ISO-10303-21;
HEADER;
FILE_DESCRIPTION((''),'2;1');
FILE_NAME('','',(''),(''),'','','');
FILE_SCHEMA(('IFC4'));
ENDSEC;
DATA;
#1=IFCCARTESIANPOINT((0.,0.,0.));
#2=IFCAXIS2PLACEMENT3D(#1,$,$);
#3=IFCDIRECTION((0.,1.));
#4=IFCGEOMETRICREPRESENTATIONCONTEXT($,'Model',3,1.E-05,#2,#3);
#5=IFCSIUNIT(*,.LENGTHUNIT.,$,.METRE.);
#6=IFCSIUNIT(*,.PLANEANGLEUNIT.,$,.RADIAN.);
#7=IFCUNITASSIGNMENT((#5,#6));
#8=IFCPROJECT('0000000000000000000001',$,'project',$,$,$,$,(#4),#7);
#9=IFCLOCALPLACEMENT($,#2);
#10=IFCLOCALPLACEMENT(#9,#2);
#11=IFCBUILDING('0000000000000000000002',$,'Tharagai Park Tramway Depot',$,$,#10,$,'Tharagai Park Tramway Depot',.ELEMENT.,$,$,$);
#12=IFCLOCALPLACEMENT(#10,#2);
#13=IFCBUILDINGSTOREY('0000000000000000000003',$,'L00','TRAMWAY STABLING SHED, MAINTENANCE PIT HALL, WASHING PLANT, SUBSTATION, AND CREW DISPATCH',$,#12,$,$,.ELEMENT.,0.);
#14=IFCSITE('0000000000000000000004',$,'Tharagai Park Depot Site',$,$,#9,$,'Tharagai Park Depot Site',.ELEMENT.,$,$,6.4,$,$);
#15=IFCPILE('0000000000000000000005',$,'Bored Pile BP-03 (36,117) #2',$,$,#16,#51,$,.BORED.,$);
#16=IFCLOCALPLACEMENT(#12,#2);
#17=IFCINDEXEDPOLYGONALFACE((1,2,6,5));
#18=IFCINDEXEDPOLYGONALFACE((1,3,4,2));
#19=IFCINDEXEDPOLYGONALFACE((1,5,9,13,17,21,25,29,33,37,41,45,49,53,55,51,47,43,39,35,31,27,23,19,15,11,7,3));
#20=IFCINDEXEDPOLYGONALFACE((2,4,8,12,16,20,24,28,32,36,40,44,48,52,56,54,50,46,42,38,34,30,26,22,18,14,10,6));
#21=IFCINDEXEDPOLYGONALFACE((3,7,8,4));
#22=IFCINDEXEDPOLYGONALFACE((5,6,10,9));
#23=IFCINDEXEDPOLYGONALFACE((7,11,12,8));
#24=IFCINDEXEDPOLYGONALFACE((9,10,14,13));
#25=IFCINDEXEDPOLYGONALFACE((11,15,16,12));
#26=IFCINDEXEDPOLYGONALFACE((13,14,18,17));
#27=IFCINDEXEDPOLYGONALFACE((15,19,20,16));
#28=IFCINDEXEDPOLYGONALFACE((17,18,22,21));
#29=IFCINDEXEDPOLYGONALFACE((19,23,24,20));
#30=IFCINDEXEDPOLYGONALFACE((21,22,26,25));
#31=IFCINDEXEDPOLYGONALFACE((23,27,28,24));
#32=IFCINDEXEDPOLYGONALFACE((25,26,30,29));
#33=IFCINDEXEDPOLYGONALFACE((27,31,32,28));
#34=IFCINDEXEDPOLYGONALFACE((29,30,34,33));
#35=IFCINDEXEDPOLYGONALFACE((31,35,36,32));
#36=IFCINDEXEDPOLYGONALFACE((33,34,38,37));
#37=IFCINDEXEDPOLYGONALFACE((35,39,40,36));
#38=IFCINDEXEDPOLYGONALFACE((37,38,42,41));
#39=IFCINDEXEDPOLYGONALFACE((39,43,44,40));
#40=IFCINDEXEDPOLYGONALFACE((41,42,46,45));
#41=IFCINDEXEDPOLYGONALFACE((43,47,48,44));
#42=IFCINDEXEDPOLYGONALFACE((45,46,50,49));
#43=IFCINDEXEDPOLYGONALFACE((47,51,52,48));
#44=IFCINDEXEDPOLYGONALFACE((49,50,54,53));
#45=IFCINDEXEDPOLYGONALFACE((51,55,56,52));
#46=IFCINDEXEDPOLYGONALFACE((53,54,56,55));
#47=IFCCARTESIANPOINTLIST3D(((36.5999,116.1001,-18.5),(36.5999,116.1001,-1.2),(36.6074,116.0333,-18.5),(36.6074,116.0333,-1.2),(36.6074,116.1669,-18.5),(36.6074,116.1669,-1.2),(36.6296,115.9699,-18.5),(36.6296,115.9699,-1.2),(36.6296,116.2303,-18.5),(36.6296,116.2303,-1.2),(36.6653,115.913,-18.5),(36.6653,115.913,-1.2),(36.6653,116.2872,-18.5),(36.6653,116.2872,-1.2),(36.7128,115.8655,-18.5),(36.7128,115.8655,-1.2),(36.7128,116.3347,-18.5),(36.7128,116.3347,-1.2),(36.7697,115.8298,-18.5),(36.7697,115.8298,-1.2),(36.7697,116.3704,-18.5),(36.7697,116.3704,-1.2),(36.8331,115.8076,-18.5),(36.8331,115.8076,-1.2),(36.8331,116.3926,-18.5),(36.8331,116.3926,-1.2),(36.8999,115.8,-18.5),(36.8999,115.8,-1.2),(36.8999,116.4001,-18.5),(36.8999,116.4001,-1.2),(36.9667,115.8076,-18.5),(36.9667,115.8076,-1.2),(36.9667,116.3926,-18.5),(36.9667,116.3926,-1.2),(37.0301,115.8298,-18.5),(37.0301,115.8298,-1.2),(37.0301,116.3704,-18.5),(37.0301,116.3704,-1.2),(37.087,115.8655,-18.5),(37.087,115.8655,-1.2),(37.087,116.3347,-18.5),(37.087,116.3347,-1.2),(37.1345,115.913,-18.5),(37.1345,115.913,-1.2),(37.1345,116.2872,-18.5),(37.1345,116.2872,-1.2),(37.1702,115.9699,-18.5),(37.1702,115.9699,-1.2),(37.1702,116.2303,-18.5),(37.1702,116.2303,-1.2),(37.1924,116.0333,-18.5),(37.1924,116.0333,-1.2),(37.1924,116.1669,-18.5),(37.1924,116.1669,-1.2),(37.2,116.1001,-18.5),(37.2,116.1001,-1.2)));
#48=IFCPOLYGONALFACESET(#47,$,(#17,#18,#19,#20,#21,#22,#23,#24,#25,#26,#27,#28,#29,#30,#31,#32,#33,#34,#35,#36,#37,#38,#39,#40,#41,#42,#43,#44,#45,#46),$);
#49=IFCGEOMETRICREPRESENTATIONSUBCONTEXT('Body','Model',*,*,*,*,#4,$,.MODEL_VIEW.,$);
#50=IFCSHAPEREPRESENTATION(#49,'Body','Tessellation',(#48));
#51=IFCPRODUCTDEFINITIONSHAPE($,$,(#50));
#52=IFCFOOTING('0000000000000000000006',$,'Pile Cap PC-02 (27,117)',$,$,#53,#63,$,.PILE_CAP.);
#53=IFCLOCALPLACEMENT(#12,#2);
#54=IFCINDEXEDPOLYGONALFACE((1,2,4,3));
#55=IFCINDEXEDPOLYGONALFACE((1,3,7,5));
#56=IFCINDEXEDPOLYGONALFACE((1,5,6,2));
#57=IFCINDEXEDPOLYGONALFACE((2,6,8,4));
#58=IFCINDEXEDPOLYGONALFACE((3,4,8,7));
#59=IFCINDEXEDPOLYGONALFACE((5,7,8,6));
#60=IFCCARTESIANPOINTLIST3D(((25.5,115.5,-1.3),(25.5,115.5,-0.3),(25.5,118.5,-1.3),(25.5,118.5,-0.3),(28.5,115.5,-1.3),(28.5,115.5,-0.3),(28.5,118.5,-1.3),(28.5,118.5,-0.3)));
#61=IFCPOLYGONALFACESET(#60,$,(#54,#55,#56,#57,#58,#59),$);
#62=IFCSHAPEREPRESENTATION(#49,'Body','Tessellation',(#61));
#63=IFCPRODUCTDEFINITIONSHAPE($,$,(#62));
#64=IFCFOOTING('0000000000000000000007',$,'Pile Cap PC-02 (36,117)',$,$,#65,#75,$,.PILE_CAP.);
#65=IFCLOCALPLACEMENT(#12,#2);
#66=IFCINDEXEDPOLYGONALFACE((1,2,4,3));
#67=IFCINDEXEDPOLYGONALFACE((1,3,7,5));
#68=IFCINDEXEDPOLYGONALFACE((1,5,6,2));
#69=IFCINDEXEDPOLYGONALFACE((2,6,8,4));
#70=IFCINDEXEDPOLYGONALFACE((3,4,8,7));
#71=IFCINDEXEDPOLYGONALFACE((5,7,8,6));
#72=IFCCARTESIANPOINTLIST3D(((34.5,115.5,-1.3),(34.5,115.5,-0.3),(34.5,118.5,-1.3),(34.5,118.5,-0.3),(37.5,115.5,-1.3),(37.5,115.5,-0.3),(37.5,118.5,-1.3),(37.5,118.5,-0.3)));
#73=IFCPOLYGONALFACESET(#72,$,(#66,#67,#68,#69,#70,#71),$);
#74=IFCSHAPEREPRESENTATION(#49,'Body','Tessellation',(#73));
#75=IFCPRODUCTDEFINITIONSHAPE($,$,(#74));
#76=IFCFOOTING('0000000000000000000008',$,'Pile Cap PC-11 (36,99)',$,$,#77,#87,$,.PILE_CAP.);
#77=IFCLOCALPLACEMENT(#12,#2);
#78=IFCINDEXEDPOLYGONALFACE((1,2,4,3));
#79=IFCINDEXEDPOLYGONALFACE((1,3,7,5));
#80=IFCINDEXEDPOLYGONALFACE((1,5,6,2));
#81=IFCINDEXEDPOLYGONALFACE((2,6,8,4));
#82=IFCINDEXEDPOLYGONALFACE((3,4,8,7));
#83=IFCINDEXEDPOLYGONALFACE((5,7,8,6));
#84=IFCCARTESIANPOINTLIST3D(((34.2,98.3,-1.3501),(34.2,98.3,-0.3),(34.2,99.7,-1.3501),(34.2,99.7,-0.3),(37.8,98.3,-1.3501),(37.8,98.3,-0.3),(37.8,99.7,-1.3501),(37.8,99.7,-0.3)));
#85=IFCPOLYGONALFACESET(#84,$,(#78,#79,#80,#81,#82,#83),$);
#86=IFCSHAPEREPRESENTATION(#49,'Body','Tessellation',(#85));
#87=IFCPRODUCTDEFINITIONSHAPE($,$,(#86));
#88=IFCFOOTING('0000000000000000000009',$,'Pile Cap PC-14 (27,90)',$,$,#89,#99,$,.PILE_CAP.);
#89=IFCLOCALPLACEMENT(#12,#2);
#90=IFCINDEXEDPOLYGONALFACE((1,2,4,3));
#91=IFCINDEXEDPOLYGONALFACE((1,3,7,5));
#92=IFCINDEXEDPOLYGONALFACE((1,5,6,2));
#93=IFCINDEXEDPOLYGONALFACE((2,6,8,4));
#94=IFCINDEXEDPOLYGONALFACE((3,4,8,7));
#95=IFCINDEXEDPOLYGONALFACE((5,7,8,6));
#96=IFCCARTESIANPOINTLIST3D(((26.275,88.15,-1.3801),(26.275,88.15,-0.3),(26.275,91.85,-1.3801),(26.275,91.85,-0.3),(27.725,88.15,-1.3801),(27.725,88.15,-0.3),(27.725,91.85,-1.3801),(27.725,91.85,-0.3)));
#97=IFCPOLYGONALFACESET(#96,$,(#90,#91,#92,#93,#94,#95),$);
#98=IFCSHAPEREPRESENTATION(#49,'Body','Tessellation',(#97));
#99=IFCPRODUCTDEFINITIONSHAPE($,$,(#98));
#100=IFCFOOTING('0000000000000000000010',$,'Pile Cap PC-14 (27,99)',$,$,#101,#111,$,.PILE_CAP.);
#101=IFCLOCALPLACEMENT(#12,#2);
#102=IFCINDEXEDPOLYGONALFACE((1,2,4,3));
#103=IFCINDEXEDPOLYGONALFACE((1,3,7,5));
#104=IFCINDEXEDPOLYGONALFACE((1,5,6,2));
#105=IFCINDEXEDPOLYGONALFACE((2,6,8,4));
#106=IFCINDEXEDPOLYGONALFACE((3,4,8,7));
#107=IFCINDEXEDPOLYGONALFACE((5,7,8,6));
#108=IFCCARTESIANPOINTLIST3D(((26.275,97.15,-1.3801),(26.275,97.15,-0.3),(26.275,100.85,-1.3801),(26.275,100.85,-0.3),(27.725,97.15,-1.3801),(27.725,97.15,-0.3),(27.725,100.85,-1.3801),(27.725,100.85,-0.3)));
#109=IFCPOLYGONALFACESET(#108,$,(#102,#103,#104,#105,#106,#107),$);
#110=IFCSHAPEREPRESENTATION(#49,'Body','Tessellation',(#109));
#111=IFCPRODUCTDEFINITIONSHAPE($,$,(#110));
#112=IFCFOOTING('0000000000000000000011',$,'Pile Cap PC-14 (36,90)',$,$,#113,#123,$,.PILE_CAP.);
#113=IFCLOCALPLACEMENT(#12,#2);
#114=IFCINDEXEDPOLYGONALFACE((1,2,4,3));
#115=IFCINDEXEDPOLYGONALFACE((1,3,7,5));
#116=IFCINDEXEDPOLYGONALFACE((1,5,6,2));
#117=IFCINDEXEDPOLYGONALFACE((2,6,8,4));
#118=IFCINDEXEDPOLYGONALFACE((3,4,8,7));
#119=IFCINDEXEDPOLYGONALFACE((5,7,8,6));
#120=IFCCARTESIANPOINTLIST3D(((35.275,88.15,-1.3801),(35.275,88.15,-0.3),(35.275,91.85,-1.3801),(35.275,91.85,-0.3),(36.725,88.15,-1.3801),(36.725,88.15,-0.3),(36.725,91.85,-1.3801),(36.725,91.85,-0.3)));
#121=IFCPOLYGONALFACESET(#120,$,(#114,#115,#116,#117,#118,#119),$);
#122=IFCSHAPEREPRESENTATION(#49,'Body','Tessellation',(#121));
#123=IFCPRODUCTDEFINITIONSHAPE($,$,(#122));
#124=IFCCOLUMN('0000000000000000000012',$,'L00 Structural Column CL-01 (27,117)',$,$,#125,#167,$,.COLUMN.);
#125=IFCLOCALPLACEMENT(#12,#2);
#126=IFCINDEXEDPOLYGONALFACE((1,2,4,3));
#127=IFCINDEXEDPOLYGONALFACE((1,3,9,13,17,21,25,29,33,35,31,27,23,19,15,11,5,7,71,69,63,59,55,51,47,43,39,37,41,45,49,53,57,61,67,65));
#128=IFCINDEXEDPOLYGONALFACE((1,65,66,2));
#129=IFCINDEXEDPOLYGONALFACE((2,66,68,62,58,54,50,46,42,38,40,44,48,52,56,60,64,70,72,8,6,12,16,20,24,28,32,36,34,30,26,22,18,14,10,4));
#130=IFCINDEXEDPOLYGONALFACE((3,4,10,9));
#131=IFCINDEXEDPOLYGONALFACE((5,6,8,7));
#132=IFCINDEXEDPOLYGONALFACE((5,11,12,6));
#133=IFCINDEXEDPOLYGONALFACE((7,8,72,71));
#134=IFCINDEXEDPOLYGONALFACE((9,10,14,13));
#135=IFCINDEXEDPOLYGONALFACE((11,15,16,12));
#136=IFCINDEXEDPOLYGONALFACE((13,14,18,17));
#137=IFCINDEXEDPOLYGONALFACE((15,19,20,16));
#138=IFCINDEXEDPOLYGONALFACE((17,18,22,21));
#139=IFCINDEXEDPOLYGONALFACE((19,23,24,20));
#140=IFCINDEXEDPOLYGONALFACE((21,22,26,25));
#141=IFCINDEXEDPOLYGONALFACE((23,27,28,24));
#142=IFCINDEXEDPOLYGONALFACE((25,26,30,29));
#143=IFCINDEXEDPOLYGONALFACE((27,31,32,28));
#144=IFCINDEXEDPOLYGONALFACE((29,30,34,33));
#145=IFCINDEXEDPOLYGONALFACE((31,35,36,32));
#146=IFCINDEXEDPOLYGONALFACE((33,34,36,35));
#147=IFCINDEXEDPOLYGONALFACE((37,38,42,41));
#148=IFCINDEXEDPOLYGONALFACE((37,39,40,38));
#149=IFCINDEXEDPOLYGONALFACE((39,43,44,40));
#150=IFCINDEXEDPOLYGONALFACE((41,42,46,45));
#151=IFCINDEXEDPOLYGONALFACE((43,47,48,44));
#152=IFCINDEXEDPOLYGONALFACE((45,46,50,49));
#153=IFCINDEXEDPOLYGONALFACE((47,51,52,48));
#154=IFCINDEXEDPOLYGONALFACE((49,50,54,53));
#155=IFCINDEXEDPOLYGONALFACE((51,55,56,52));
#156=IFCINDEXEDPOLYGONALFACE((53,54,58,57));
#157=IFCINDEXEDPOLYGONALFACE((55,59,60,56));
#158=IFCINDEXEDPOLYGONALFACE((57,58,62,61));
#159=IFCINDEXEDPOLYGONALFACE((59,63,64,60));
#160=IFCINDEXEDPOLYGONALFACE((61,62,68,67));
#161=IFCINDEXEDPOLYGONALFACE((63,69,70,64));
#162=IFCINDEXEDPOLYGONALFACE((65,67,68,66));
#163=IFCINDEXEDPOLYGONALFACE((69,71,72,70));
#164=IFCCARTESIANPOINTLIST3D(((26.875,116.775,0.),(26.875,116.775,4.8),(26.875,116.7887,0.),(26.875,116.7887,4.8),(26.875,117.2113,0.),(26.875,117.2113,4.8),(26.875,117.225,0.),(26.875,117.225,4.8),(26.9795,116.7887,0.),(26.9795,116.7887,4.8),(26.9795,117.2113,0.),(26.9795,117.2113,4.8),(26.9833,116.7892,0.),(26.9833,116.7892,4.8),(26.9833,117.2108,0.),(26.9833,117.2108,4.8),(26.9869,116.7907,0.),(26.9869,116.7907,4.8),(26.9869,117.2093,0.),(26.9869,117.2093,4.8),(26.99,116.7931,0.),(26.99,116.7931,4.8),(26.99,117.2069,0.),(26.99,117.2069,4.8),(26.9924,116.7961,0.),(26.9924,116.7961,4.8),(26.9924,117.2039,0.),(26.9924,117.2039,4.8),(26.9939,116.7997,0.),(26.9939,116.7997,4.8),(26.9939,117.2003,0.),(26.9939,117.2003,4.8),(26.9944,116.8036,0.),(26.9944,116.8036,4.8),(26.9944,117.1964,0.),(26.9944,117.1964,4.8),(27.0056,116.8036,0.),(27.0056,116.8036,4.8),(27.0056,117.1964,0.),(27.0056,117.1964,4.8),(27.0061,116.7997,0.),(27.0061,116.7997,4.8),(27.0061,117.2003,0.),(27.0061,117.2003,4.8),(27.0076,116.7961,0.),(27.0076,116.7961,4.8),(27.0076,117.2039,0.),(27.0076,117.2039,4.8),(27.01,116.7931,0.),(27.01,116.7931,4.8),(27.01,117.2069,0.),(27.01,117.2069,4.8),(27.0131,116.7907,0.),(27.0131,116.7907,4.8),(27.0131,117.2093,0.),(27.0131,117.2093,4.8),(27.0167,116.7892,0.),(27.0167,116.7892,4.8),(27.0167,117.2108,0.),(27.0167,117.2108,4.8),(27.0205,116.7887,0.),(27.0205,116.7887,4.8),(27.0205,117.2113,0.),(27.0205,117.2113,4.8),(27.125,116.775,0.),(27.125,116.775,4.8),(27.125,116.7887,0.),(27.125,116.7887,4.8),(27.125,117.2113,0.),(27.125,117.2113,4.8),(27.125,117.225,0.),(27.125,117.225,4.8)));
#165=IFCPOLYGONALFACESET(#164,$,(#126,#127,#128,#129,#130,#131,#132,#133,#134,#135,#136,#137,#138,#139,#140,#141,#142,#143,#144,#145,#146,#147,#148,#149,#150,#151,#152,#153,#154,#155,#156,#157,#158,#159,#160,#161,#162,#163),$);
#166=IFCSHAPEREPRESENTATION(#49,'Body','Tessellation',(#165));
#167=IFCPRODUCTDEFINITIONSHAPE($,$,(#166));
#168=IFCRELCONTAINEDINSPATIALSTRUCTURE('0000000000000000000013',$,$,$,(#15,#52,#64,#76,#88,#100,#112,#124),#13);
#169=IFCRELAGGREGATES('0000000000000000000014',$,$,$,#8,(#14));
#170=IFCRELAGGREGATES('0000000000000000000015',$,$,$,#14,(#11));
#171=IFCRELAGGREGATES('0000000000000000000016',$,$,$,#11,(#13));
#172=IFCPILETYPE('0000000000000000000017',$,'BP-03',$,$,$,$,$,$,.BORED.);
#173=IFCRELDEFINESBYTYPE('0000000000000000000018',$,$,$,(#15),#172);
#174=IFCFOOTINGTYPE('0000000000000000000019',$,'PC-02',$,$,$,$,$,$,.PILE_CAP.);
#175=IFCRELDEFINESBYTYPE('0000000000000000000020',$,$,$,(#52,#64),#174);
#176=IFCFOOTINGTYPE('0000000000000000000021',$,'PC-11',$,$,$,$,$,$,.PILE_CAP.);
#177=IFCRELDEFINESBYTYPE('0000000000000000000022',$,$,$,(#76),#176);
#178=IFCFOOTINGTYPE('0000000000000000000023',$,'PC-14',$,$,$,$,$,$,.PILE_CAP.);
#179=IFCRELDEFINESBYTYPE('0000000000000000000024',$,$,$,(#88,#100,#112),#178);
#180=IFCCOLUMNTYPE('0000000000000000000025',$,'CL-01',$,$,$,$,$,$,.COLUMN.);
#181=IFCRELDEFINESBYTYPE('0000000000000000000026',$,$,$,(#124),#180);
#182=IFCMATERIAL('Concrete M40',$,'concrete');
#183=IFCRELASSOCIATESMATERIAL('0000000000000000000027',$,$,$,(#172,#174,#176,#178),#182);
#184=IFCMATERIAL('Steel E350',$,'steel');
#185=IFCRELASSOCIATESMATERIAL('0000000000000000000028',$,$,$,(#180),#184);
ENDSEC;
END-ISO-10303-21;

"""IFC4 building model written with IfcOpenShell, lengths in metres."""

from ifc_helpers import new_model, si_unit, direction, frame, origin, origin_2d, place, context, subcontext, project, spatial, rectangle, circle, i_section, extrude, material, material_profile, profile_set, type_object, element, save


model = new_model("IFC4")

# Units and contexts
model_context = context("Model", 3, precision=1e-05, world=origin(), true_north=direction((0.0, 1.0)))
body_context = subcontext(model_context, "Body", "Model", "MODEL_VIEW")
ifc_project = project(units=[si_unit("LENGTHUNIT", "METRE"), si_unit("PLANEANGLEUNIT", "RADIAN")], contexts=[model_context])

# Site, building, storey
site_placement = place(None, origin())
site = spatial("IfcSite", under=ifc_project, at=site_placement, Name="Tharagai Park Depot Site", LongName="Tharagai Park Depot Site", CompositionType="ELEMENT", RefElevation=6.4)
building_placement = place(site_placement, origin())
building = spatial("IfcBuilding", under=site, at=building_placement, Name="Tharagai Park Tramway Depot", LongName="Tharagai Park Tramway Depot", CompositionType="ELEMENT")
storey_placement = place(building_placement, origin())
storey = spatial("IfcBuildingStorey", under=building, at=storey_placement, Name="L00", Description="TRAMWAY STABLING SHED, MAINTENANCE PIT HALL, WASHING PLANT, SUBSTATION, AND CREW DISPATCH", CompositionType="ELEMENT", Elevation=0.0)

# Pile
ifc_material_1 = material(Name="Concrete M40", Category="concrete")
ifc_material_profile_1 = material_profile(ifc_material_1, circle(Radius=0.3, at=origin_2d()), Name="PILE D600")
ifc_profile_set_1 = profile_set([ifc_material_profile_1], Name="Concrete M40")
pile_type_1 = type_object("IfcPileType", Name="BP-03", PredefinedType="BORED", material=ifc_profile_set_1)
for number, where, z_axis, x_axis, name in (
    (1, (36.8999, 116.1001, -1.2), (0.0, 0.0, -1.0), (1.0, 0.0, 0.0), "Bored Pile BP-03 (36,117) #2"),
):
    element("IfcPile", number, at=place(storey_placement, frame(where, z_axis=z_axis, x_axis=x_axis)), inside=storey, type_object=pile_type_1, Name=name, PredefinedType="BORED", context=body_context, shape_type="SweptSolid", body=[
        extrude(circle(Radius=0.3, at=origin_2d()), origin(), (0.0, 0.0, 1.0), 17.3),
    ])

# Footings
footing_type_1 = type_object("IfcFootingType", Name="PC-02", PredefinedType="PILE_CAP", material=ifc_material_1)
for number, where, z_axis, x_axis, name in (
    (2, (27.0, 117.0, -1.3), (0.0, 0.0, 1.0), (1.0, 0.0, 0.0), "Pile Cap PC-02 (27,117)"),
    (3, (36.0, 117.0, -1.3), (0.0, 0.0, 1.0), (1.0, 0.0, 0.0), "Pile Cap PC-02 (36,117)"),
):
    element("IfcFooting", number, at=place(storey_placement, frame(where, z_axis=z_axis, x_axis=x_axis)), inside=storey, type_object=footing_type_1, Name=name, PredefinedType="PILE_CAP", context=body_context, shape_type="SweptSolid", body=[
        extrude(rectangle(XDim=3.0, YDim=3.0, at=origin_2d()), origin(), (0.0, 0.0, 1.0), 1.0),
    ])
footing_type_2 = type_object("IfcFootingType", Name="PC-11", PredefinedType="PILE_CAP", material=ifc_material_1)
footing_placement = place(storey_placement, frame((36.0, 99.0, -1.3501), z_axis=(0.0, 0.0, 1.0), x_axis=(1.0, 0.0, 0.0)))
element("IfcFooting", 4, at=footing_placement, inside=storey, type_object=footing_type_2, Name="Pile Cap PC-11 (36,99)", PredefinedType="PILE_CAP", context=body_context, shape_type="SweptSolid", body=[
    extrude(rectangle(XDim=3.6001, YDim=1.3999, at=origin_2d()), origin(), (0.0, 0.0, 1.0), 1.05),
])
footing_type_3 = type_object("IfcFootingType", Name="PC-14", PredefinedType="PILE_CAP", material=ifc_material_1)
for number, where, z_axis, x_axis, name in (
    (5, (27.0, 90.0, -1.3801), (0.0, 0.0, 1.0), (1.0, 0.0, 0.0), "Pile Cap PC-14 (27,90)"),
    (6, (27.0, 99.0, -1.3801), (0.0, 0.0, 1.0), (1.0, 0.0, 0.0), "Pile Cap PC-14 (27,99)"),
    (7, (36.0, 90.0, -1.3801), (0.0, 0.0, 1.0), (1.0, 0.0, 0.0), "Pile Cap PC-14 (36,90)"),
):
    element("IfcFooting", number, at=place(storey_placement, frame(where, z_axis=z_axis, x_axis=x_axis)), inside=storey, type_object=footing_type_3, Name=name, PredefinedType="PILE_CAP", context=body_context, shape_type="SweptSolid", body=[
        extrude(rectangle(XDim=1.45, YDim=3.7, at=origin_2d()), origin(), (0.0, 0.0, 1.0), 1.0801),
    ])

# Column
ifc_material_2 = material(Name="Steel E350", Category="steel")
ifc_material_profile_2 = material_profile(ifc_material_2, i_section(OverallWidth=0.25, OverallDepth=0.45, WebThickness=0.0112, FlangeThickness=0.0137, FilletRadius=0.0149, at=origin_2d()), Name="ISHB 450")
ifc_profile_set_2 = profile_set([ifc_material_profile_2], Name="Steel E350")
column_type_1 = type_object("IfcColumnType", Name="CL-01", PredefinedType="COLUMN", material=ifc_profile_set_2)
for number, where, z_axis, x_axis, name in (
    (8, (27.0, 117.0, 0.0), (0.0, 0.0, 1.0), (1.0, 0.0, 0.0), "L00 Structural Column CL-01 (27,117)"),
):
    element("IfcColumn", number, at=place(storey_placement, frame(where, z_axis=z_axis, x_axis=x_axis)), inside=storey, type_object=column_type_1, Name=name, PredefinedType="COLUMN", context=body_context, shape_type="SweptSolid", body=[
        extrude(i_section(OverallWidth=0.25, OverallDepth=0.45, WebThickness=0.0112, FlangeThickness=0.0137, FilletRadius=0.0149, at=origin_2d()), origin(), (0.0, 0.0, 1.0), 4.8),
    ])

save(model, "model.ifc")
